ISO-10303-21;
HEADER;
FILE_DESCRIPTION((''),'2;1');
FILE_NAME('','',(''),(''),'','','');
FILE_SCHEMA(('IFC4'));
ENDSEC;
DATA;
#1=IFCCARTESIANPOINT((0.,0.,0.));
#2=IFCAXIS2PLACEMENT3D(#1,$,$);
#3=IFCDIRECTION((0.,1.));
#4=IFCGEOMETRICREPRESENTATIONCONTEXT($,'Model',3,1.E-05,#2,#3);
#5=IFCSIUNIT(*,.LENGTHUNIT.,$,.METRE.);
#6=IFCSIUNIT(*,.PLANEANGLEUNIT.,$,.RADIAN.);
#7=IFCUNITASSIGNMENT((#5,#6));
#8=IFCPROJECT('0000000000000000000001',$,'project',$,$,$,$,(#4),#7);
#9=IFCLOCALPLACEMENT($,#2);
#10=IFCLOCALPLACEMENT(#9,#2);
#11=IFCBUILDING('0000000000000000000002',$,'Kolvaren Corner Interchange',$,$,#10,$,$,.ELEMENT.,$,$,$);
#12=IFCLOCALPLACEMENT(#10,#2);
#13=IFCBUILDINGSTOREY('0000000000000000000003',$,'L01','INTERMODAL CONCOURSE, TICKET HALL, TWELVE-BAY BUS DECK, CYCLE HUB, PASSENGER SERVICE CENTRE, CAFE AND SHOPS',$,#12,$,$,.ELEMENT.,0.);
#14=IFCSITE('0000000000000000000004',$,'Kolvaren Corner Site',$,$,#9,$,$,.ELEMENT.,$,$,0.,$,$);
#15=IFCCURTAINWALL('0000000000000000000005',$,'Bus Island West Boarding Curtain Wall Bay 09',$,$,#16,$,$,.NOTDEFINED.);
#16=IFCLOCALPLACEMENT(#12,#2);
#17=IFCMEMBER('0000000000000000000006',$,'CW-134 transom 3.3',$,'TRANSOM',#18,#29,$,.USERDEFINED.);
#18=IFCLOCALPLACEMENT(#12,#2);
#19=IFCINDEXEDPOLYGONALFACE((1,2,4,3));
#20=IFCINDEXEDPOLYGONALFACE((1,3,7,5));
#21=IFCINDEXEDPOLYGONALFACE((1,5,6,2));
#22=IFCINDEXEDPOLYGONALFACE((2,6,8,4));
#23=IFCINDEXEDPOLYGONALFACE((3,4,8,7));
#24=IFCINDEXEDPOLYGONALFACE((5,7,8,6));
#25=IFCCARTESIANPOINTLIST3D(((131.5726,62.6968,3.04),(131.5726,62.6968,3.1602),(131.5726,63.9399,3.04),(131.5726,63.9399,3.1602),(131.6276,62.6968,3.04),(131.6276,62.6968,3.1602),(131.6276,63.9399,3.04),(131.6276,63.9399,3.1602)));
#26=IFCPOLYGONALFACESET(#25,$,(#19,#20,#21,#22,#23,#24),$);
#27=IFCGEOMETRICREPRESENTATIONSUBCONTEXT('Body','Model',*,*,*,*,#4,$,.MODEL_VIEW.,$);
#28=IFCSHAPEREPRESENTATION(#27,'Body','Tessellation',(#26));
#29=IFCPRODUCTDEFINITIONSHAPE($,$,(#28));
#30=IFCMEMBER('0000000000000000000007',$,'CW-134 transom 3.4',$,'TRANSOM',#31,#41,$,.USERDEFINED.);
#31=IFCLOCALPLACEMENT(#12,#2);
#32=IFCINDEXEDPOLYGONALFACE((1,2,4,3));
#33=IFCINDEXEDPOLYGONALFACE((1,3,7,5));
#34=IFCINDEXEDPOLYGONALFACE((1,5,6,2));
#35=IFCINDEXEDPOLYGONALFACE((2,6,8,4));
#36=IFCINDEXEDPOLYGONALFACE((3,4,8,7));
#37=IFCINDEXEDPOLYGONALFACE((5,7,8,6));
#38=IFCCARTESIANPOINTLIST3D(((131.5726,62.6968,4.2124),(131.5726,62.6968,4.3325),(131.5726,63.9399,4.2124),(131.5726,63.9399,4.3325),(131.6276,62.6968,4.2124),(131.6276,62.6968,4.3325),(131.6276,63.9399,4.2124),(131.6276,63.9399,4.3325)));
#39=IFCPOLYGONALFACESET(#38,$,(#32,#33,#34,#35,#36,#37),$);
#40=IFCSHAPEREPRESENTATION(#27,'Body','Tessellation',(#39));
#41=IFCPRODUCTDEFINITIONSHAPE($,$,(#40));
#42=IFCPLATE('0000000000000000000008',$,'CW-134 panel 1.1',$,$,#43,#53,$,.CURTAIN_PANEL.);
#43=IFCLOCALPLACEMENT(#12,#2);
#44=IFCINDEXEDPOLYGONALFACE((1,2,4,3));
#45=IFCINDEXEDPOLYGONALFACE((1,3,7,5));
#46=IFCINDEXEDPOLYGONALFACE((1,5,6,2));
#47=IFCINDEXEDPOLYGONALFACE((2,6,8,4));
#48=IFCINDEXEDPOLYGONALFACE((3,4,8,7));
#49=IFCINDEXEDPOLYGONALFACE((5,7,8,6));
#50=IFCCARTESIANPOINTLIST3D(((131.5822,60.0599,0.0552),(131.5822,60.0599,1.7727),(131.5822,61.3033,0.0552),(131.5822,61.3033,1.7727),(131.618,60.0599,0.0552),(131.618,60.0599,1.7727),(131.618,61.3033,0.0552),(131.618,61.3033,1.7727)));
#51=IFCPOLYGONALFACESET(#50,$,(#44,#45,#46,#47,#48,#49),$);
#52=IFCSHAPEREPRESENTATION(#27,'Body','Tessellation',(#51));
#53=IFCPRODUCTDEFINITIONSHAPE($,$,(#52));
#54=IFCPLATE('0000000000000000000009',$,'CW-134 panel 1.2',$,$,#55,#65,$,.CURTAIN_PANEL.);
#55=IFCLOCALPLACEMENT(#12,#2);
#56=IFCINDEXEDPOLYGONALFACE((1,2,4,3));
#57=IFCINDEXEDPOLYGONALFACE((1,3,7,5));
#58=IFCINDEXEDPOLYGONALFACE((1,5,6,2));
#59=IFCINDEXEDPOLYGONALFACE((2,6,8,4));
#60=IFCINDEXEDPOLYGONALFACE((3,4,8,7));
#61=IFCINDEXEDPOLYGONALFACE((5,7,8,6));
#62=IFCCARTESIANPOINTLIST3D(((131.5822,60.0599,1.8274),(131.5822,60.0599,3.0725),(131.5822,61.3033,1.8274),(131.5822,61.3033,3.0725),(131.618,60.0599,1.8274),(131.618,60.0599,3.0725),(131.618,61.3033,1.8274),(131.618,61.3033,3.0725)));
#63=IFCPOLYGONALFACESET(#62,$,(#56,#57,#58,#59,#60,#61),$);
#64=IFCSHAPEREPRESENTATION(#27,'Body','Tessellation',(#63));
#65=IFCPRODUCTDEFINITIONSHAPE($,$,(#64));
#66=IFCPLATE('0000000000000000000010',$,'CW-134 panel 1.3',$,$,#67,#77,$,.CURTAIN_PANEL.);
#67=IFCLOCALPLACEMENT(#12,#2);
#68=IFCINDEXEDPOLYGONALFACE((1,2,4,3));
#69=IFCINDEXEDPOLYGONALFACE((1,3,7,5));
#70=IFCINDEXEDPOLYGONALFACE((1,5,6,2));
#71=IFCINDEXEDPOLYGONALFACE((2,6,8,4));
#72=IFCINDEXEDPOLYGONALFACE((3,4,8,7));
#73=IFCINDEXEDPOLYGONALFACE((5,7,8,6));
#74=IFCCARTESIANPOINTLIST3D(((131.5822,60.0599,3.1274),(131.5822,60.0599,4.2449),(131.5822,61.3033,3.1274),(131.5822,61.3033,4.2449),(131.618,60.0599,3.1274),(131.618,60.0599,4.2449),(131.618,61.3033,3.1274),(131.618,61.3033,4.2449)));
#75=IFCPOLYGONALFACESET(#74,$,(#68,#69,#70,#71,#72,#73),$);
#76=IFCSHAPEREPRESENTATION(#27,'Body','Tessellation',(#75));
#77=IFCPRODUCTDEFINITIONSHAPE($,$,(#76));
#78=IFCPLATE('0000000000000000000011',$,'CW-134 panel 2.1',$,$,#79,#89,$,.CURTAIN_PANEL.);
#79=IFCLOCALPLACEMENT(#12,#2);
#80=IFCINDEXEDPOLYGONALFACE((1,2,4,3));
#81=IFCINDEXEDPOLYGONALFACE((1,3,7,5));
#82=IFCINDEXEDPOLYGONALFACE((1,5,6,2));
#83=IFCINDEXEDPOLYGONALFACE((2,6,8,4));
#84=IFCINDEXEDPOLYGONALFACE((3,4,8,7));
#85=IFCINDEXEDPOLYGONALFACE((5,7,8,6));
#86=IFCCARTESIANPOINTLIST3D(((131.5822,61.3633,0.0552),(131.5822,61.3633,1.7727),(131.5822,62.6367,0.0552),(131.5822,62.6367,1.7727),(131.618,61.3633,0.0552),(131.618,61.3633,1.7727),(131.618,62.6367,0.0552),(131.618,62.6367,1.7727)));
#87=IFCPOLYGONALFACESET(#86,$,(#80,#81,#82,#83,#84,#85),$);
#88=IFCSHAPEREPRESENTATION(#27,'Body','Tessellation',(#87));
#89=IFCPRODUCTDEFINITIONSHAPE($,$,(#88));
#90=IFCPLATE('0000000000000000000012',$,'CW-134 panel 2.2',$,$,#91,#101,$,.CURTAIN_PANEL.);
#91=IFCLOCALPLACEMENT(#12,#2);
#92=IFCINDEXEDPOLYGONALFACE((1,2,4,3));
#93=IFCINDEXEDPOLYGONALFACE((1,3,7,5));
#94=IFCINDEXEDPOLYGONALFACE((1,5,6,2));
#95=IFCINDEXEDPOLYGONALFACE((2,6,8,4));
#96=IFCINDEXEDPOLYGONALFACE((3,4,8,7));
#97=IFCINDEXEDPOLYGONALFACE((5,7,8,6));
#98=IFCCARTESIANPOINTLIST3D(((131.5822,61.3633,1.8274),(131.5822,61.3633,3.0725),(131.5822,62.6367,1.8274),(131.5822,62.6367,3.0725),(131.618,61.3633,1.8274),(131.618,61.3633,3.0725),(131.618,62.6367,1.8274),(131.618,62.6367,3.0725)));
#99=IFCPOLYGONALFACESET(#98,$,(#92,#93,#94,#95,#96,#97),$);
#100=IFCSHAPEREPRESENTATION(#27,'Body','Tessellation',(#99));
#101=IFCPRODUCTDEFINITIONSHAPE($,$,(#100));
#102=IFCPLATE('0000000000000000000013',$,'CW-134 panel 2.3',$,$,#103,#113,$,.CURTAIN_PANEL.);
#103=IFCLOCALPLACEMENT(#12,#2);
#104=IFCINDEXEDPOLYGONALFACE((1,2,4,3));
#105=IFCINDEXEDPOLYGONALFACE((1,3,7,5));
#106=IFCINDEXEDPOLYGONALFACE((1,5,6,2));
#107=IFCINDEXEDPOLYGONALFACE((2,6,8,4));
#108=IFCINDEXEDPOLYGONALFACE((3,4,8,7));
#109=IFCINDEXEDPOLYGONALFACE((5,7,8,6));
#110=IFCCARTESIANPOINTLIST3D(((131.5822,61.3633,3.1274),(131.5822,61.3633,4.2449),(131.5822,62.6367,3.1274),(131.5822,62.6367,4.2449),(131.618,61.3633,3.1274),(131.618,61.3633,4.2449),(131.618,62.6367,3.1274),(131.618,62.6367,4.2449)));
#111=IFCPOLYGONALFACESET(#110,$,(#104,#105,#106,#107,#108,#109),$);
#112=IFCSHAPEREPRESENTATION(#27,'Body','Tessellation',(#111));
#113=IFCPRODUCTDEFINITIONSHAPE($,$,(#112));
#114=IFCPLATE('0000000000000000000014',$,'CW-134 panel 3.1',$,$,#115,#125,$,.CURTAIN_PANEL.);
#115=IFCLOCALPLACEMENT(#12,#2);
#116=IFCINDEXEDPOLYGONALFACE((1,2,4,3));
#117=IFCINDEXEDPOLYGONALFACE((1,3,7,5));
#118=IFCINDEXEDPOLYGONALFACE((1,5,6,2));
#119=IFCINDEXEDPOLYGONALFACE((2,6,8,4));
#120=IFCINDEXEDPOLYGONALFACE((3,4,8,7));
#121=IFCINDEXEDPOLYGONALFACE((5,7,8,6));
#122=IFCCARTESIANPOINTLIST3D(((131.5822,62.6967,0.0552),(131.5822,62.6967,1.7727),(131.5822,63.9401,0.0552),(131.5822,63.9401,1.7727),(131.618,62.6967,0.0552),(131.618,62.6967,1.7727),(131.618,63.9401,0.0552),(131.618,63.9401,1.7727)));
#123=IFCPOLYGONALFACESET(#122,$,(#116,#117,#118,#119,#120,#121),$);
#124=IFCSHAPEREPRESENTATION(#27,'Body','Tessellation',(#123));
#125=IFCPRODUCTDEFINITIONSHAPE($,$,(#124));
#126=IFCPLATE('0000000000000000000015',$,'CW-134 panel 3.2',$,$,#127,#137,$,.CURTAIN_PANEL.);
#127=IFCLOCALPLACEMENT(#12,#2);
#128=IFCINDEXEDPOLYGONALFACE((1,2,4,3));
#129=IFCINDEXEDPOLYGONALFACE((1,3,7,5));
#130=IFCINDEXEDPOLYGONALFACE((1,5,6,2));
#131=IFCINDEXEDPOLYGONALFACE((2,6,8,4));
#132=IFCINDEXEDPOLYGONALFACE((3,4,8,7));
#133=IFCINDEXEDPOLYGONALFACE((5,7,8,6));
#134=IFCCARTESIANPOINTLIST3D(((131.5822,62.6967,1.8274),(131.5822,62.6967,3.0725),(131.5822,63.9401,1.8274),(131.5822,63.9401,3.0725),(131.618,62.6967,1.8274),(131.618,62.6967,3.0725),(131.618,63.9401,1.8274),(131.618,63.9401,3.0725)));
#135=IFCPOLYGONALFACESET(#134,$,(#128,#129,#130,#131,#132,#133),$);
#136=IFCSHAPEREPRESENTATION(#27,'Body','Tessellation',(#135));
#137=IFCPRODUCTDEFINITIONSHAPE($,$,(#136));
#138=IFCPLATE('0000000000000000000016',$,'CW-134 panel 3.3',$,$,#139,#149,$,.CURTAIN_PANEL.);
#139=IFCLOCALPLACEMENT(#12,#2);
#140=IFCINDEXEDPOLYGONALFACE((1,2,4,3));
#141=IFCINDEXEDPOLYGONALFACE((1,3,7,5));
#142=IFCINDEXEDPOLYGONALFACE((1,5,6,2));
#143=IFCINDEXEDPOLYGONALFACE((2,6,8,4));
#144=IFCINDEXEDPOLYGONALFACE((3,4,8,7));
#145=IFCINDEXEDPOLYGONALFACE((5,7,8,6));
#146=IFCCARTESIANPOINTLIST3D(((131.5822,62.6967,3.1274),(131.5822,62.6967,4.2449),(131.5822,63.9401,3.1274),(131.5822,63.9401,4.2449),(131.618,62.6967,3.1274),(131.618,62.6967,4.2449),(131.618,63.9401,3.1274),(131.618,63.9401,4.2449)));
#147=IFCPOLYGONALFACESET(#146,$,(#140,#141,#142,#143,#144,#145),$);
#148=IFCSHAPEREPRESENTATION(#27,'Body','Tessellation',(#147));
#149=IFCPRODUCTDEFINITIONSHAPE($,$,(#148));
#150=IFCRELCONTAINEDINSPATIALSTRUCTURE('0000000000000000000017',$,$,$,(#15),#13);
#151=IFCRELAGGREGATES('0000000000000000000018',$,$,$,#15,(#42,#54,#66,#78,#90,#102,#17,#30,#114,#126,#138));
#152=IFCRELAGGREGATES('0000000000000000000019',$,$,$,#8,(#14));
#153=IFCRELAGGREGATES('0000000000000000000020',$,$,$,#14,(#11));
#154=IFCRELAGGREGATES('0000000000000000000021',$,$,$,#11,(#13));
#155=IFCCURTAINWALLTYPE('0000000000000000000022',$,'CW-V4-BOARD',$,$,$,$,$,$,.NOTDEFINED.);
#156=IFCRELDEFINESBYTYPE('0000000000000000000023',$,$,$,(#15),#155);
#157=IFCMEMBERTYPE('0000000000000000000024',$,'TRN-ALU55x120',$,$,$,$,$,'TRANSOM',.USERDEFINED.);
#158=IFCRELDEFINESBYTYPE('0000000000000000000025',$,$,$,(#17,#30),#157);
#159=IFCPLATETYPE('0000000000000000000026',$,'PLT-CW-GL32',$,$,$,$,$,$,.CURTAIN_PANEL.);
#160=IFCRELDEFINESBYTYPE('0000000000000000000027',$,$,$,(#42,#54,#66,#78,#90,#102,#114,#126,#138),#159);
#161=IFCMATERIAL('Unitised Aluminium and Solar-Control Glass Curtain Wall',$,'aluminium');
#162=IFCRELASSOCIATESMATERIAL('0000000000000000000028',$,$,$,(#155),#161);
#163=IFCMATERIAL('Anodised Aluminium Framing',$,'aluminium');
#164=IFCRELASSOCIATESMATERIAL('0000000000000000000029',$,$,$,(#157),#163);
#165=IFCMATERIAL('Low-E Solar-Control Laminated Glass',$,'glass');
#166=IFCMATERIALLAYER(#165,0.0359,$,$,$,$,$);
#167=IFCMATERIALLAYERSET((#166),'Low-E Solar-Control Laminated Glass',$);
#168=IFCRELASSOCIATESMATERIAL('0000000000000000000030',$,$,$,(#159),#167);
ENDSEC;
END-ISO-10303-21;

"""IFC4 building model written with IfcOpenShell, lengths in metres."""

from ifc_helpers import new_model, si_unit, direction, frame, origin, origin_2d, place, context, subcontext, project, spatial, rectangle, extrude, material, layer, layer_set, material_profile, profile_set, type_object, element, aggregate, save


model = new_model("IFC4")

# Units and contexts
model_context = context("Model", 3, precision=1e-05, world=origin(), true_north=direction((0.0, 1.0)))
body_context = subcontext(model_context, "Body", "Model", "MODEL_VIEW")
ifc_project = project(units=[si_unit("LENGTHUNIT", "METRE"), si_unit("PLANEANGLEUNIT", "RADIAN")], contexts=[model_context])

# Site, building, storey
site_placement = place(None, origin())
site = spatial("IfcSite", under=ifc_project, at=site_placement, Name="Kolvaren Corner Site", CompositionType="ELEMENT", RefElevation=0.0)
building_placement = place(site_placement, origin())
building = spatial("IfcBuilding", under=site, at=building_placement, Name="Kolvaren Corner Interchange", CompositionType="ELEMENT")
storey_placement = place(building_placement, origin())
storey = spatial("IfcBuildingStorey", under=building, at=storey_placement, Name="L01", Description="INTERMODAL CONCOURSE, TICKET HALL, TWELVE-BAY BUS DECK, CYCLE HUB, PASSENGER SERVICE CENTRE, CAFE AND SHOPS", CompositionType="ELEMENT", Elevation=0.0)

# Curtain wall
ifc_material_1 = material(Name="Unitised Aluminium and Solar-Control Glass Curtain Wall", Category="aluminium")
curtain_wall_type = type_object("IfcCurtainWallType", Name="CW-V4-BOARD", PredefinedType="NOTDEFINED", material=ifc_material_1)
curtain_wall_1_placement = place(storey_placement, origin())
curtain_wall_1 = element("IfcCurtainWall", 1, at=curtain_wall_1_placement, inside=storey, type_object=curtain_wall_type, Name="Bus Island West Boarding Curtain Wall Bay 09", PredefinedType="NOTDEFINED")

# Members
ifc_material_2 = material(Name="Anodised Aluminium Framing", Category="aluminium")
ifc_material_profile_1 = material_profile(ifc_material_2, rectangle(XDim=0.0549, YDim=0.1201, at=origin_2d()), Name="ALU 55x120")
ifc_profile_set_1 = profile_set([ifc_material_profile_1], Name="Anodised Aluminium Framing")
member_type_1 = type_object("IfcMemberType", Name="TRN-ALU55x120", ElementType="TRANSOM", PredefinedType="USERDEFINED", material=ifc_profile_set_1)
member_1_placement = place(storey_placement, frame((131.6001, 62.6968, 3.1001), z_axis=(0.0, 1.0, 0.0), x_axis=(-1.0, 0.0, 0.0)))
member_1 = element("IfcMember", 2, at=member_1_placement, type_object=member_type_1, Name="CW-134 transom 3.3", ObjectType="TRANSOM", PredefinedType="USERDEFINED", context=body_context, shape_type="SweptSolid", body=[
    extrude(rectangle(XDim=0.0549, YDim=0.1201, at=origin_2d()), origin(), (0.0, 0.0, 1.0), 1.2432),
])
member_2_placement = place(storey_placement, frame((131.6001, 62.6968, 4.2725), z_axis=(0.0, 1.0, 0.0), x_axis=(-1.0, 0.0, 0.0)))
member_2 = element("IfcMember", 3, at=member_2_placement, type_object=member_type_1, Name="CW-134 transom 3.4", ObjectType="TRANSOM", PredefinedType="USERDEFINED", context=body_context, shape_type="SweptSolid", body=[
    extrude(rectangle(XDim=0.0549, YDim=0.1201, at=origin_2d()), origin(), (0.0, 0.0, 1.0), 1.2432),
])

# Plates
ifc_material_3 = material(Name="Low-E Solar-Control Laminated Glass", Category="glass")
ifc_layer = layer(ifc_material_3, 0.0359)
ifc_layer_set = layer_set([ifc_layer], Name="Low-E Solar-Control Laminated Glass")
plate_type = type_object("IfcPlateType", Name="PLT-CW-GL32", PredefinedType="CURTAIN_PANEL", material=ifc_layer_set)
plate_1_placement = place(storey_placement, frame((131.6001, 60.6816, 0.0552), z_axis=(0.0, 0.0, 1.0), x_axis=(0.0, 1.0, 0.0)))
plate_1 = element("IfcPlate", 4, at=plate_1_placement, type_object=plate_type, Name="CW-134 panel 1.1", PredefinedType="CURTAIN_PANEL", context=body_context, shape_type="SweptSolid", body=[
    extrude(rectangle(XDim=1.2434, YDim=0.0359, at=origin_2d()), origin(), (0.0, 0.0, 1.0), 1.7175),
])
plate_2_placement = place(storey_placement, frame((131.6001, 60.6816, 1.8274), z_axis=(0.0, 0.0, 1.0), x_axis=(0.0, 1.0, 0.0)))
plate_2 = element("IfcPlate", 5, at=plate_2_placement, type_object=plate_type, Name="CW-134 panel 1.2", PredefinedType="CURTAIN_PANEL", context=body_context, shape_type="SweptSolid", body=[
    extrude(rectangle(XDim=1.2434, YDim=0.0359, at=origin_2d()), origin(), (0.0, 0.0, 1.0), 1.2451),
])
plate_3_placement = place(storey_placement, frame((131.6001, 60.6816, 3.1274), z_axis=(0.0, 0.0, 1.0), x_axis=(0.0, 1.0, 0.0)))
plate_3 = element("IfcPlate", 6, at=plate_3_placement, type_object=plate_type, Name="CW-134 panel 1.3", PredefinedType="CURTAIN_PANEL", context=body_context, shape_type="SweptSolid", body=[
    extrude(rectangle(XDim=1.2434, YDim=0.0359, at=origin_2d()), origin(), (0.0, 0.0, 1.0), 1.1174),
])
plate_4_placement = place(storey_placement, frame((131.6001, 62.0, 0.0552), z_axis=(0.0, 0.0, 1.0), x_axis=(0.0, 1.0, 0.0)))
plate_4 = element("IfcPlate", 7, at=plate_4_placement, type_object=plate_type, Name="CW-134 panel 2.1", PredefinedType="CURTAIN_PANEL", context=body_context, shape_type="SweptSolid", body=[
    extrude(rectangle(XDim=1.2734, YDim=0.0359, at=origin_2d()), origin(), (0.0, 0.0, 1.0), 1.7175),
])
plate_5_placement = place(storey_placement, frame((131.6001, 62.0, 1.8274), z_axis=(0.0, 0.0, 1.0), x_axis=(0.0, 1.0, 0.0)))
plate_5 = element("IfcPlate", 8, at=plate_5_placement, type_object=plate_type, Name="CW-134 panel 2.2", PredefinedType="CURTAIN_PANEL", context=body_context, shape_type="SweptSolid", body=[
    extrude(rectangle(XDim=1.2734, YDim=0.0359, at=origin_2d()), origin(), (0.0, 0.0, 1.0), 1.2451),
])
plate_6_placement = place(storey_placement, frame((131.6001, 62.0, 3.1274), z_axis=(0.0, 0.0, 1.0), x_axis=(0.0, 1.0, 0.0)))
plate_6 = element("IfcPlate", 9, at=plate_6_placement, type_object=plate_type, Name="CW-134 panel 2.3", PredefinedType="CURTAIN_PANEL", context=body_context, shape_type="SweptSolid", body=[
    extrude(rectangle(XDim=1.2734, YDim=0.0359, at=origin_2d()), origin(), (0.0, 0.0, 1.0), 1.1174),
])
plate_7_placement = place(storey_placement, frame((131.6001, 63.3184, 0.0552), z_axis=(0.0, 0.0, 1.0), x_axis=(0.0, 1.0, 0.0)))
plate_7 = element("IfcPlate", 10, at=plate_7_placement, type_object=plate_type, Name="CW-134 panel 3.1", PredefinedType="CURTAIN_PANEL", context=body_context, shape_type="SweptSolid", body=[
    extrude(rectangle(XDim=1.2434, YDim=0.0359, at=origin_2d()), origin(), (0.0, 0.0, 1.0), 1.7175),
])
plate_8_placement = place(storey_placement, frame((131.6001, 63.3184, 1.8274), z_axis=(0.0, 0.0, 1.0), x_axis=(0.0, 1.0, 0.0)))
plate_8 = element("IfcPlate", 11, at=plate_8_placement, type_object=plate_type, Name="CW-134 panel 3.2", PredefinedType="CURTAIN_PANEL", context=body_context, shape_type="SweptSolid", body=[
    extrude(rectangle(XDim=1.2434, YDim=0.0359, at=origin_2d()), origin(), (0.0, 0.0, 1.0), 1.2451),
])
plate_9_placement = place(storey_placement, frame((131.6001, 63.3184, 3.1274), z_axis=(0.0, 0.0, 1.0), x_axis=(0.0, 1.0, 0.0)))
plate_9 = element("IfcPlate", 12, at=plate_9_placement, type_object=plate_type, Name="CW-134 panel 3.3", PredefinedType="CURTAIN_PANEL", context=body_context, shape_type="SweptSolid", body=[
    extrude(rectangle(XDim=1.2434, YDim=0.0359, at=origin_2d()), origin(), (0.0, 0.0, 1.0), 1.1174),
])
aggregate(curtain_wall_1, [plate_1, plate_2, plate_3, plate_4, plate_5, plate_6, member_1, member_2, plate_7, plate_8, plate_9])

save(model, "model.ifc")
